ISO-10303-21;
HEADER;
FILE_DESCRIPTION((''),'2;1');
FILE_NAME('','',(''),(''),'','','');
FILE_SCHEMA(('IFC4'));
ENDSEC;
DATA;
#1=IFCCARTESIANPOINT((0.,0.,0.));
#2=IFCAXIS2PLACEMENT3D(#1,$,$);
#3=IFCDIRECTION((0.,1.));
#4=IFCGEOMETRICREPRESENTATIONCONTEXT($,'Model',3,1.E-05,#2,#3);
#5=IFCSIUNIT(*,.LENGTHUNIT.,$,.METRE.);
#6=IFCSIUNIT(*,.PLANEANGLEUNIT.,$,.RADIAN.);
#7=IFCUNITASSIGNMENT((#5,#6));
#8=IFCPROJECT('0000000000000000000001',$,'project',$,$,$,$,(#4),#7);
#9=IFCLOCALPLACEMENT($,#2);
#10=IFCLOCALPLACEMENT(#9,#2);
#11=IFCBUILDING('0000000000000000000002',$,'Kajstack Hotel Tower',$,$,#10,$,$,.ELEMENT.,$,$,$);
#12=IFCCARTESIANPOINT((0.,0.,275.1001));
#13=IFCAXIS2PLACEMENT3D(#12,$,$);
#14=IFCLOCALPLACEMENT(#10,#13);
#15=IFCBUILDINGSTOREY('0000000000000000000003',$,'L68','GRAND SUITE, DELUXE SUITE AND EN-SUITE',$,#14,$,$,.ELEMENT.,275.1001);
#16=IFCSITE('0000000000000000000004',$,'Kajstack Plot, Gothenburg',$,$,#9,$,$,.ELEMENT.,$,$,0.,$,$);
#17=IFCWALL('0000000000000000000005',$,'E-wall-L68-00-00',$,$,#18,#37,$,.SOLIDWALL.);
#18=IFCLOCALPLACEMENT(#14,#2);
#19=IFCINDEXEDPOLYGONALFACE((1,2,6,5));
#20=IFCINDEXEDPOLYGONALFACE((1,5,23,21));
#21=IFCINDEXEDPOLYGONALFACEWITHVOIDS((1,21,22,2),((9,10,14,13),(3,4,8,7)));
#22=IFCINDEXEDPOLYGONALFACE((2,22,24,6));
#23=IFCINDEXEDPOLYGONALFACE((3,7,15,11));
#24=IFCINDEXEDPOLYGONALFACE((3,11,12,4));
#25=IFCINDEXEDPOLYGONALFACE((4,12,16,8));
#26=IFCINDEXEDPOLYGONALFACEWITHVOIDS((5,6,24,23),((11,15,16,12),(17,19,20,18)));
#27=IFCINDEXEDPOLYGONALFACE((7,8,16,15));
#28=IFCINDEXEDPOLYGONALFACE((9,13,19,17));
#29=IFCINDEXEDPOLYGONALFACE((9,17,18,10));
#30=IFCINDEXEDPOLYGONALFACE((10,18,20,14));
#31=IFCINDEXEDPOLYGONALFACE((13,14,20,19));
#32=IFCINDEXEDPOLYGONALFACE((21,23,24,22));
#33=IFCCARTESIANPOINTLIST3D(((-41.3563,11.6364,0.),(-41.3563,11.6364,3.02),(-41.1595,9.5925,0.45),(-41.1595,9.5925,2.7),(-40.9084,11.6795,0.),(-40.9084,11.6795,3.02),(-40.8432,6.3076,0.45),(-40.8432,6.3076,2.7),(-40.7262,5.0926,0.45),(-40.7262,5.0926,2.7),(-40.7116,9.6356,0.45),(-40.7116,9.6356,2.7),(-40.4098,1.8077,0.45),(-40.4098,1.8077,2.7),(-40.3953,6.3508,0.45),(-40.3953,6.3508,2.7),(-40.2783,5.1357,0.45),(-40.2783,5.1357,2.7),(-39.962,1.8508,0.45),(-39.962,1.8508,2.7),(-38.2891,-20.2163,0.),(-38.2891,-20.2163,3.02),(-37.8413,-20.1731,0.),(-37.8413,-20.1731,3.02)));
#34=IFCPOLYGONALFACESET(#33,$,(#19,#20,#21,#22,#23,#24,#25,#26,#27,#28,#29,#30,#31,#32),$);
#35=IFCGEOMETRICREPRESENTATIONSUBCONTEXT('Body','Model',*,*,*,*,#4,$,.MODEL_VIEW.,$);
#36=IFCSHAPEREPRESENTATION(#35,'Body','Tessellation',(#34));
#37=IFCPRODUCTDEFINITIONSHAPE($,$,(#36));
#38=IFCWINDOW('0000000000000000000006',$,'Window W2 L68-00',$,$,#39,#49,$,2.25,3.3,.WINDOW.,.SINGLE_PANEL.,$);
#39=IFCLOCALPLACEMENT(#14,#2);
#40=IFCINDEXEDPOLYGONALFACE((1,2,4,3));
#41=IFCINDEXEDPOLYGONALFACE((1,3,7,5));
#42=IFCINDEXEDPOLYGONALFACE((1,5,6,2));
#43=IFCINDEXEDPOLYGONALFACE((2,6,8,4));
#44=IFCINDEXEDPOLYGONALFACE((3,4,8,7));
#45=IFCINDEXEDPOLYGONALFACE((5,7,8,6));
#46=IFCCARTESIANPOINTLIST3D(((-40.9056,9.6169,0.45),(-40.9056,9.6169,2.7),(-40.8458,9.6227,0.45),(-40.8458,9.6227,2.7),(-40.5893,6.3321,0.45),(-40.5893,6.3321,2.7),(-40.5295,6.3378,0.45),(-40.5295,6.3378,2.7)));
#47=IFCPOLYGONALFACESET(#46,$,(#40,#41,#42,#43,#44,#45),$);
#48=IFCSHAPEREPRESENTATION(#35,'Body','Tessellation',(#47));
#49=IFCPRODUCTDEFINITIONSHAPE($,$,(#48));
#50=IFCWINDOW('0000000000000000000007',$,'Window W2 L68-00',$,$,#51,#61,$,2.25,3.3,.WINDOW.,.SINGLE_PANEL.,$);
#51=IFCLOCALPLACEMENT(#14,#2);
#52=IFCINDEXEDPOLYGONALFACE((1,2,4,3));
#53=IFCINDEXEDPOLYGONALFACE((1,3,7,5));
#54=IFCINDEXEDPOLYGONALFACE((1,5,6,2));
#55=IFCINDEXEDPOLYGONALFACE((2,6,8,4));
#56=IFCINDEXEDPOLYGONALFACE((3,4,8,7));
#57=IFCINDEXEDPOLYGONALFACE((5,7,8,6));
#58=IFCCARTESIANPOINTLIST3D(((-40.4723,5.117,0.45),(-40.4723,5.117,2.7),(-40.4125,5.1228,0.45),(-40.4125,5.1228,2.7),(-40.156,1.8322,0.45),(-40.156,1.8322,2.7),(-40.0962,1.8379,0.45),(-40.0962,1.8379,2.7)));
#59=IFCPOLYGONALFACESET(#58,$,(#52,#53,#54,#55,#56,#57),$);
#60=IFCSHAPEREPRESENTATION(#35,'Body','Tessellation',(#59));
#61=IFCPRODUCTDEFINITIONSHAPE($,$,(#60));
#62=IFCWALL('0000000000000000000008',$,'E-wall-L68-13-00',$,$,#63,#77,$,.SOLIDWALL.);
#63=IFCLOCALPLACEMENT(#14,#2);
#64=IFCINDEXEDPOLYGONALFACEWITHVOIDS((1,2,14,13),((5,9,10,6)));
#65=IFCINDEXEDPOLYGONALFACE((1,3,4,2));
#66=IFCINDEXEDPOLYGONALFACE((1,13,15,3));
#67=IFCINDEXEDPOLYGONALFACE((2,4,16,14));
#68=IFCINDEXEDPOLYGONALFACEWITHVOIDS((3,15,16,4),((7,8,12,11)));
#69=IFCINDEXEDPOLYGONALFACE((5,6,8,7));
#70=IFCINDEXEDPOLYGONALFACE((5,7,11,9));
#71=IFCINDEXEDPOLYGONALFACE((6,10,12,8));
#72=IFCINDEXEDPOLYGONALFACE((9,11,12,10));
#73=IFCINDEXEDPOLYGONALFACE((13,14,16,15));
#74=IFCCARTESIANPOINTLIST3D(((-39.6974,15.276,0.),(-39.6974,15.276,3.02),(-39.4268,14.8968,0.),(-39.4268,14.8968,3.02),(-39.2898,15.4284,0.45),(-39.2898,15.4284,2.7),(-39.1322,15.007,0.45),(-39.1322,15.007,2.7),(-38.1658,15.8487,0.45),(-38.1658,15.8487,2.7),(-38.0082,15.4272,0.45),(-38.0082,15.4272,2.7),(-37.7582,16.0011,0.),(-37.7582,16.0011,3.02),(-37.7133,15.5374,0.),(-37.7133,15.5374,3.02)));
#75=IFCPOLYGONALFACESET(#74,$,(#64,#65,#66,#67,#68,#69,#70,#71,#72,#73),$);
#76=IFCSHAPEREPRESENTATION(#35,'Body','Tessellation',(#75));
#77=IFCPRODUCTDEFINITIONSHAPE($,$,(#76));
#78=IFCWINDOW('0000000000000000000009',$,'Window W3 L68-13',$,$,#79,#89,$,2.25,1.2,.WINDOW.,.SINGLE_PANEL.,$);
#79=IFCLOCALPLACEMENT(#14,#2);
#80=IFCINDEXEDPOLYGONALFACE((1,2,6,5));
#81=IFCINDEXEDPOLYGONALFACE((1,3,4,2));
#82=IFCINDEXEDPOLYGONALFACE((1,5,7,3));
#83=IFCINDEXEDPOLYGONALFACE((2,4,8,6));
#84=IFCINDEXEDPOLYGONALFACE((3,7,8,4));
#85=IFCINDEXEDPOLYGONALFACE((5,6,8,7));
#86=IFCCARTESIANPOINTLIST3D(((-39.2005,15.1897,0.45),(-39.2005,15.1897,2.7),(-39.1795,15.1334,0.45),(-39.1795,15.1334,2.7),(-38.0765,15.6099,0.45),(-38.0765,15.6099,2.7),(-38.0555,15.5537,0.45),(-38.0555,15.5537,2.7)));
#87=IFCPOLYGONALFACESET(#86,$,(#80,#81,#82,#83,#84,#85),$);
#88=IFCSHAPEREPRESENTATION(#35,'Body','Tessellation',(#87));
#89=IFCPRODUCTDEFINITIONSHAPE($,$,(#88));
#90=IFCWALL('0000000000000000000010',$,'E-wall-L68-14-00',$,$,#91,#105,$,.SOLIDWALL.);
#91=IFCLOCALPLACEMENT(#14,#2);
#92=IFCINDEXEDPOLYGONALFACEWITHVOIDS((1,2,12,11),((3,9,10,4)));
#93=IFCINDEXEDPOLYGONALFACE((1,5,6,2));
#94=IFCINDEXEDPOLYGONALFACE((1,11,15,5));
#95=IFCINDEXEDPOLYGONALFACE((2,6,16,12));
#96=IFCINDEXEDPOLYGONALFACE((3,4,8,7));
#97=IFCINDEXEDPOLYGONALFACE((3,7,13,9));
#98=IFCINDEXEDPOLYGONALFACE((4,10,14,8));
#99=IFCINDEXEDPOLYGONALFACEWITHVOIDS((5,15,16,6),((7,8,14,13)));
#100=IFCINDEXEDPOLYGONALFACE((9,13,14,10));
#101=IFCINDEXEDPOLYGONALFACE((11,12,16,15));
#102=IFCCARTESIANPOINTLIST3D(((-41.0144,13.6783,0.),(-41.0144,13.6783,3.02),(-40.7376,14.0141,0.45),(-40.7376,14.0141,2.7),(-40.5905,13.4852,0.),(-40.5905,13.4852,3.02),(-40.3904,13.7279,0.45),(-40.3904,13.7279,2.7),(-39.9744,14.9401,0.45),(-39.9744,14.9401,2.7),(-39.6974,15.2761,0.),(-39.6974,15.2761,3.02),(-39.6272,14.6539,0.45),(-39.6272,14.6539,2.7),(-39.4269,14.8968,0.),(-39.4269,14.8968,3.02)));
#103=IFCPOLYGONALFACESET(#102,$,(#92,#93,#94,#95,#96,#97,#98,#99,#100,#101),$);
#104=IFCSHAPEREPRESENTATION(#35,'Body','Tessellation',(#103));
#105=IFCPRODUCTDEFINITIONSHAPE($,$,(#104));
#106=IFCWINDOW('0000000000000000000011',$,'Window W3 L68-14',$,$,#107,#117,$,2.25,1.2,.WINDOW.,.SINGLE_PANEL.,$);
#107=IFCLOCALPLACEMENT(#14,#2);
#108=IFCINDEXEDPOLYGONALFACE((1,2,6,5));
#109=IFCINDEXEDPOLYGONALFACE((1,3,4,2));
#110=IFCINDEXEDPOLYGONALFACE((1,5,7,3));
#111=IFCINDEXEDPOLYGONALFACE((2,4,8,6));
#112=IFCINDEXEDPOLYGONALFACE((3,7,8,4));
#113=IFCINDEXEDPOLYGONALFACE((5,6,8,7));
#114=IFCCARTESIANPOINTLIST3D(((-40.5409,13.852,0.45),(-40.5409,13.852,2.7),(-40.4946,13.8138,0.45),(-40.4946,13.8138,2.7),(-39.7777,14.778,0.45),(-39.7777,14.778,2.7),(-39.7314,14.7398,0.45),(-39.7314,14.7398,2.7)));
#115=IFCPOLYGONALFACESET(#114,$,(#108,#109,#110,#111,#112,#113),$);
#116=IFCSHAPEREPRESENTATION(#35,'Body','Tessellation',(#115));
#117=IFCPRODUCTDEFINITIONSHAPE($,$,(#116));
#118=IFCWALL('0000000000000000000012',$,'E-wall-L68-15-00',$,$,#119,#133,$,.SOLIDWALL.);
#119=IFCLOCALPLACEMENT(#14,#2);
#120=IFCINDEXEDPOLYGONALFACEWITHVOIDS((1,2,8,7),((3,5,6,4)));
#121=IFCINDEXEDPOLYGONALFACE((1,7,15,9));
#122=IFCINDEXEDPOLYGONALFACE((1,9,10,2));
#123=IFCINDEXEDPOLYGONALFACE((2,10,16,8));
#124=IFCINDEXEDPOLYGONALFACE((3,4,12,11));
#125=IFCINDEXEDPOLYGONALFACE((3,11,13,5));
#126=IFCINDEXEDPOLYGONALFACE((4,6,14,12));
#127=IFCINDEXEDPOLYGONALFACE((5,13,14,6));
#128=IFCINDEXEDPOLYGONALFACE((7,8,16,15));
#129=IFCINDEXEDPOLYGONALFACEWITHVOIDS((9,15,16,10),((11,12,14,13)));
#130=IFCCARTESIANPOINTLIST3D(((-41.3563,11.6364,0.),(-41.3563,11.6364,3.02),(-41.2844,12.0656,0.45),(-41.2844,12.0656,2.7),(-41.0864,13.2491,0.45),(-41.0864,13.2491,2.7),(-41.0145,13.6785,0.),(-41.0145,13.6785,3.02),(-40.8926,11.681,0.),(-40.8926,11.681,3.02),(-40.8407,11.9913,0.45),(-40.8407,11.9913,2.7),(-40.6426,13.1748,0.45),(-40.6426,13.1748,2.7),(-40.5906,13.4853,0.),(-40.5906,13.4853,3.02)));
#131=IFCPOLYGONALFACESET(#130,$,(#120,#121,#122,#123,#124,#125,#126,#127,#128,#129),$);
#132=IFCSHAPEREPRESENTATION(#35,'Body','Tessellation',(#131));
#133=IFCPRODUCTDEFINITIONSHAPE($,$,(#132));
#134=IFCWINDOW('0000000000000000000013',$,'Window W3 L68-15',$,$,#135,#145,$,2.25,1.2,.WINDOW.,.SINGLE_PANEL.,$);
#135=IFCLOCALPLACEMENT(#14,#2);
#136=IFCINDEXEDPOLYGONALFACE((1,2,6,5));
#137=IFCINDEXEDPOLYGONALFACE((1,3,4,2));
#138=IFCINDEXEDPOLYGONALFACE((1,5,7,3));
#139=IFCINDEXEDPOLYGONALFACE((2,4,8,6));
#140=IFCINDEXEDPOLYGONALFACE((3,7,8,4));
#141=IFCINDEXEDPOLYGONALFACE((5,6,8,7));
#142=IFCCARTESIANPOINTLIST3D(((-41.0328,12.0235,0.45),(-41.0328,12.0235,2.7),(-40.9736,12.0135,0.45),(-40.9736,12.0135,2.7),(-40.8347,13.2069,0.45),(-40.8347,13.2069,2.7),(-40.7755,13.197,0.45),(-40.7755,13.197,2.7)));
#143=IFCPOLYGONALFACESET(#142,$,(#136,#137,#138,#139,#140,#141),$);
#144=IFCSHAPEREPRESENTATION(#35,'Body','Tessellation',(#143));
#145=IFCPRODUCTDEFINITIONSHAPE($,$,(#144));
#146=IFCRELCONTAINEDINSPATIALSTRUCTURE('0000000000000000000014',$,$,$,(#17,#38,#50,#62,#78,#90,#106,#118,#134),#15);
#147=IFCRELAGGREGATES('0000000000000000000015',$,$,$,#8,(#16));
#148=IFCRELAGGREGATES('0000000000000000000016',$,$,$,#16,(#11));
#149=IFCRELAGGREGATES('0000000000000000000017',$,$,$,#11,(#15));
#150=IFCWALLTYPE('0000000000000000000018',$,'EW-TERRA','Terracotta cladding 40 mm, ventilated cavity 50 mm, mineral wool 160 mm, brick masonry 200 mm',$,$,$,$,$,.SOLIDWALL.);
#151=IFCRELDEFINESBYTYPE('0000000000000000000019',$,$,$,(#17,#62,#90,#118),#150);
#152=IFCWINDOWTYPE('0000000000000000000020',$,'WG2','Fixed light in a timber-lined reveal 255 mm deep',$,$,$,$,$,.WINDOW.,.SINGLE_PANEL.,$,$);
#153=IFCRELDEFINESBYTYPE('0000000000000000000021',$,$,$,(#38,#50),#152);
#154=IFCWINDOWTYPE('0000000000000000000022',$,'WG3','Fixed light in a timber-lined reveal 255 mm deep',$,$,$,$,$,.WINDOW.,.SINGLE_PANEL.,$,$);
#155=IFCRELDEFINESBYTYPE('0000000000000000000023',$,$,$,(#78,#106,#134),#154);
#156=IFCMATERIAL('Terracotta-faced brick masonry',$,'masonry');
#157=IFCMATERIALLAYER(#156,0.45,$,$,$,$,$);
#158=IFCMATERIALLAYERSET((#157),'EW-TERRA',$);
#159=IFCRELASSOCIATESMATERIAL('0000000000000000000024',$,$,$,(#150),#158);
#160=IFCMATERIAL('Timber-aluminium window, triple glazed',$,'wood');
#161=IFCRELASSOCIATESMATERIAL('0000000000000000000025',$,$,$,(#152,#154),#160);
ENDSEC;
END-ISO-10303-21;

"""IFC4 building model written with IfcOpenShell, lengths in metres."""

from ifc_helpers import new_model, si_unit, direction, frame, frame_2d, origin, place, context, subcontext, project, spatial, polyline, rectangle, outline, extrude, material, layer, layer_set, type_object, element, fill, save


model = new_model("IFC4")

# Units and contexts
model_context = context("Model", 3, precision=1e-05, world=origin(), true_north=direction((0.0, 1.0)))
body_context = subcontext(model_context, "Body", "Model", "MODEL_VIEW")
ifc_project = project(units=[si_unit("LENGTHUNIT", "METRE"), si_unit("PLANEANGLEUNIT", "RADIAN")], contexts=[model_context])

# Site, building, storey
site_placement = place(None, origin())
site = spatial("IfcSite", under=ifc_project, at=site_placement, Name="Kajstack Plot, Gothenburg", CompositionType="ELEMENT", RefElevation=0.0)
building_placement = place(site_placement, origin())
building = spatial("IfcBuilding", under=site, at=building_placement, Name="Kajstack Hotel Tower", CompositionType="ELEMENT")
storey_placement = place(building_placement, frame((0.0, 0.0, 275.1001)))
storey = spatial("IfcBuildingStorey", under=building, at=storey_placement, Name="L68", Description="GRAND SUITE, DELUXE SUITE AND EN-SUITE", CompositionType="ELEMENT", Elevation=275.1001)

# Wall, openings, windows
ifc_material_1 = material(Name="Terracotta-faced brick masonry", Category="masonry")
ifc_layer_1 = layer(ifc_material_1, 0.45)
ifc_layer_set_1 = layer_set([ifc_layer_1], Name="EW-TERRA")
wall_type_1 = type_object("IfcWallType", Name="EW-TERRA", Description="Terracotta cladding 40 mm, ventilated cavity 50 mm, mineral wool 160 mm, brick masonry 200 mm", PredefinedType="SOLIDWALL", material=ifc_layer_set_1)
wall_1_placement = place(storey_placement, frame((-41.1323, 11.658, 0.0), z_axis=(0.0, 0.0, 1.0), x_axis=(0.095848, -0.995396, 0.0)))
wall_1 = element("IfcWall", 1, at=wall_1_placement, inside=storey, type_object=wall_type_1, Name="E-wall-L68-00-00", PredefinedType="SOLIDWALL", context=body_context, shape_type="SweptSolid", body=[
    extrude(rectangle(XDim=32.0, YDim=0.45, at=frame_2d((16.0, 0.0))), origin(), (0.0, 0.0, 1.0), 3.02),
])
opening_1_placement = place(wall_1_placement, frame((2.0535, 0.0, 0.45)))
opening_1 = element("IfcOpeningElement", 2, at=opening_1_placement, cuts=wall_1, PredefinedType="OPENING", context=body_context, shape_type="SweptSolid", body=[
    extrude(rectangle(XDim=3.3, YDim=2.25, at=frame_2d((1.6499, 1.125))), frame((0.0, 0.2349, 0.0), z_axis=(0.0, -1.0, 0.0), x_axis=(1.0, 0.0, 0.0)), (0.0, 0.0, 1.0), 0.47),
])
opening_2_placement = place(wall_1_placement, frame((6.5742, 0.0, 0.45)))
opening_2 = element("IfcOpeningElement", 3, at=opening_2_placement, cuts=wall_1, PredefinedType="OPENING", context=body_context, shape_type="SweptSolid", body=[
    extrude(rectangle(XDim=3.3, YDim=2.25, at=frame_2d((1.6499, 1.125))), frame((0.0, 0.2349, 0.0), z_axis=(0.0, -1.0, 0.0), x_axis=(1.0, 0.0, 0.0)), (0.0, 0.0, 1.0), 0.47),
])
ifc_material_2 = material(Name="Timber-aluminium window, triple glazed", Category="wood")
window_type_1 = type_object("IfcWindowType", Name="WG2", Description="Fixed light in a timber-lined reveal 255 mm deep", PartitioningType="SINGLE_PANEL", PredefinedType="WINDOW", material=ifc_material_2)
window_1_placement = place(opening_1_placement, origin())
window_1 = element("IfcWindow", 4, at=window_1_placement, inside=storey, type_object=window_type_1, Name="Window W2 L68-00", OverallHeight=2.25, OverallWidth=3.3, PartitioningType="SINGLE_PANEL", PredefinedType="WINDOW", context=body_context, shape_type="SweptSolid", body=[
    extrude(rectangle(XDim=3.3, YDim=2.25, at=frame_2d((1.6499, 1.125))), frame((0.0, 0.0901, 0.0), z_axis=(0.0, -1.0, 0.0), x_axis=(1.0, 0.0, 0.0)), (0.0, 0.0, 1.0), 0.0601),
])
fill(opening_1, window_1)
window_2_placement = place(opening_2_placement, origin())
window_2 = element("IfcWindow", 5, at=window_2_placement, inside=storey, type_object=window_type_1, Name="Window W2 L68-00", OverallHeight=2.25, OverallWidth=3.3, PartitioningType="SINGLE_PANEL", PredefinedType="WINDOW", context=body_context, shape_type="SweptSolid", body=[
    extrude(rectangle(XDim=3.3, YDim=2.25, at=frame_2d((1.6499, 1.125))), frame((0.0, 0.0901, 0.0), z_axis=(0.0, -1.0, 0.0), x_axis=(1.0, 0.0, 0.0)), (0.0, 0.0, 1.0), 0.0601),
])
fill(opening_2, window_2)

# Walls, openings, windows
wall_2_placement = place(storey_placement, frame((-37.6792, 15.7905, 0.0), z_axis=(0.0, 0.0, 1.0), x_axis=(-0.936678, -0.350193, 0.0)))
wall_2 = element("IfcWall", 6, at=wall_2_placement, inside=storey, type_object=wall_type_1, Name="E-wall-L68-13-00", PredefinedType="SOLIDWALL", context=body_context, shape_type="SweptSolid", body=[
    extrude(outline(polyline([(0.0002, -0.2249), (2.0706, -0.2249), (1.95, 0.2251), (0.1206, 0.2251), (0.0002, -0.2249)])), origin(), (0.0, 0.0, 1.0), 3.02),
])
opening_3_placement = place(wall_2_placement, frame((0.4353, 0.0, 0.45)))
opening_3 = element("IfcOpeningElement", 7, at=opening_3_placement, cuts=wall_2, PredefinedType="OPENING", context=body_context, shape_type="SweptSolid", body=[
    extrude(rectangle(XDim=1.2, YDim=2.25, at=frame_2d((0.6001, 1.125))), frame((0.0, 0.2349, 0.0), z_axis=(0.0, -1.0, 0.0), x_axis=(1.0, 0.0, 0.0)), (0.0, 0.0, 1.0), 0.47),
])
window_type_2 = type_object("IfcWindowType", Name="WG3", Description="Fixed light in a timber-lined reveal 255 mm deep", PartitioningType="SINGLE_PANEL", PredefinedType="WINDOW", material=ifc_material_2)
window_3_placement = place(opening_3_placement, origin())
window_3 = element("IfcWindow", 8, at=window_3_placement, inside=storey, type_object=window_type_2, Name="Window W3 L68-13", OverallHeight=2.25, OverallWidth=1.2, PartitioningType="SINGLE_PANEL", PredefinedType="WINDOW", context=body_context, shape_type="SweptSolid", body=[
    extrude(rectangle(XDim=1.2, YDim=2.25, at=frame_2d((0.6001, 1.125))), frame((0.0, 0.0901, 0.0), z_axis=(0.0, -1.0, 0.0), x_axis=(1.0, 0.0, 0.0)), (0.0, 0.0, 1.0), 0.0601),
])
fill(opening_3, window_3)
wall_3_placement = place(storey_placement, frame((-39.5239, 15.1331, 0.0), z_axis=(0.0, 0.0, 1.0), x_axis=(-0.636046, -0.771651, 0.0)))
wall_3 = element("IfcWall", 9, at=wall_3_placement, inside=storey, type_object=wall_type_1, Name="E-wall-L68-14-00", PredefinedType="SOLIDWALL", context=body_context, shape_type="SweptSolid", body=[
    extrude(outline(polyline([(0.0, -0.2249), (2.0706, -0.2249), (1.95, 0.2251), (0.1206, 0.2251), (0.0, -0.2249)])), origin(), (0.0, 0.0, 1.0), 3.02),
])
opening_4_placement = place(wall_3_placement, frame((0.4353, 0.0, 0.45)))
opening_4 = element("IfcOpeningElement", 10, at=opening_4_placement, cuts=wall_3, PredefinedType="OPENING", context=body_context, shape_type="SweptSolid", body=[
    extrude(rectangle(XDim=1.2, YDim=2.25, at=frame_2d((0.6001, 1.125))), frame((0.0, 0.2349, 0.0), z_axis=(0.0, -1.0, 0.0), x_axis=(1.0, 0.0, 0.0)), (0.0, 0.0, 1.0), 0.47),
])
window_4_placement = place(opening_4_placement, origin())
window_4 = element("IfcWindow", 11, at=window_4_placement, inside=storey, type_object=window_type_2, Name="Window W3 L68-14", OverallHeight=2.25, OverallWidth=1.2, PartitioningType="SINGLE_PANEL", PredefinedType="WINDOW", context=body_context, shape_type="SweptSolid", body=[
    extrude(rectangle(XDim=1.2, YDim=2.25, at=frame_2d((0.6001, 1.125))), frame((0.0, 0.0901, 0.0), z_axis=(0.0, -1.0, 0.0), x_axis=(1.0, 0.0, 0.0)), (0.0, 0.0, 1.0), 0.0601),
])
fill(opening_4, window_4)
wall_4_placement = place(storey_placement, frame((-40.7925, 13.6414, 0.0), z_axis=(0.0, 0.0, 1.0), x_axis=(-0.165068, -0.986282, 0.0)))
wall_4 = element("IfcWall", 12, at=wall_4_placement, inside=storey, type_object=wall_type_1, Name="E-wall-L68-15-00", PredefinedType="SOLIDWALL", context=body_context, shape_type="SweptSolid", body=[
    extrude(outline(polyline([(0.0, -0.2251), (2.0706, -0.2251), (1.95, 0.2249), (0.1206, 0.2249), (0.0, -0.2251)])), origin(), (0.0, 0.0, 1.0), 3.02),
])
opening_5_placement = place(wall_4_placement, frame((0.4353, 0.0, 0.45)))
opening_5 = element("IfcOpeningElement", 13, at=opening_5_placement, cuts=wall_4, PredefinedType="OPENING", context=body_context, shape_type="SweptSolid", body=[
    extrude(rectangle(XDim=1.2, YDim=2.25, at=frame_2d((0.6001, 1.125))), frame((0.0, 0.2349, 0.0), z_axis=(0.0, -1.0, 0.0), x_axis=(1.0, 0.0, 0.0)), (0.0, 0.0, 1.0), 0.47),
])
window_5_placement = place(opening_5_placement, origin())
window_5 = element("IfcWindow", 14, at=window_5_placement, inside=storey, type_object=window_type_2, Name="Window W3 L68-15", OverallHeight=2.25, OverallWidth=1.2, PartitioningType="SINGLE_PANEL", PredefinedType="WINDOW", context=body_context, shape_type="SweptSolid", body=[
    extrude(rectangle(XDim=1.2, YDim=2.25, at=frame_2d((0.6001, 1.125))), frame((0.0, 0.0901, 0.0), z_axis=(0.0, -1.0, 0.0), x_axis=(1.0, 0.0, 0.0)), (0.0, 0.0, 1.0), 0.0601),
])
fill(opening_5, window_5)

save(model, "model.ifc")
